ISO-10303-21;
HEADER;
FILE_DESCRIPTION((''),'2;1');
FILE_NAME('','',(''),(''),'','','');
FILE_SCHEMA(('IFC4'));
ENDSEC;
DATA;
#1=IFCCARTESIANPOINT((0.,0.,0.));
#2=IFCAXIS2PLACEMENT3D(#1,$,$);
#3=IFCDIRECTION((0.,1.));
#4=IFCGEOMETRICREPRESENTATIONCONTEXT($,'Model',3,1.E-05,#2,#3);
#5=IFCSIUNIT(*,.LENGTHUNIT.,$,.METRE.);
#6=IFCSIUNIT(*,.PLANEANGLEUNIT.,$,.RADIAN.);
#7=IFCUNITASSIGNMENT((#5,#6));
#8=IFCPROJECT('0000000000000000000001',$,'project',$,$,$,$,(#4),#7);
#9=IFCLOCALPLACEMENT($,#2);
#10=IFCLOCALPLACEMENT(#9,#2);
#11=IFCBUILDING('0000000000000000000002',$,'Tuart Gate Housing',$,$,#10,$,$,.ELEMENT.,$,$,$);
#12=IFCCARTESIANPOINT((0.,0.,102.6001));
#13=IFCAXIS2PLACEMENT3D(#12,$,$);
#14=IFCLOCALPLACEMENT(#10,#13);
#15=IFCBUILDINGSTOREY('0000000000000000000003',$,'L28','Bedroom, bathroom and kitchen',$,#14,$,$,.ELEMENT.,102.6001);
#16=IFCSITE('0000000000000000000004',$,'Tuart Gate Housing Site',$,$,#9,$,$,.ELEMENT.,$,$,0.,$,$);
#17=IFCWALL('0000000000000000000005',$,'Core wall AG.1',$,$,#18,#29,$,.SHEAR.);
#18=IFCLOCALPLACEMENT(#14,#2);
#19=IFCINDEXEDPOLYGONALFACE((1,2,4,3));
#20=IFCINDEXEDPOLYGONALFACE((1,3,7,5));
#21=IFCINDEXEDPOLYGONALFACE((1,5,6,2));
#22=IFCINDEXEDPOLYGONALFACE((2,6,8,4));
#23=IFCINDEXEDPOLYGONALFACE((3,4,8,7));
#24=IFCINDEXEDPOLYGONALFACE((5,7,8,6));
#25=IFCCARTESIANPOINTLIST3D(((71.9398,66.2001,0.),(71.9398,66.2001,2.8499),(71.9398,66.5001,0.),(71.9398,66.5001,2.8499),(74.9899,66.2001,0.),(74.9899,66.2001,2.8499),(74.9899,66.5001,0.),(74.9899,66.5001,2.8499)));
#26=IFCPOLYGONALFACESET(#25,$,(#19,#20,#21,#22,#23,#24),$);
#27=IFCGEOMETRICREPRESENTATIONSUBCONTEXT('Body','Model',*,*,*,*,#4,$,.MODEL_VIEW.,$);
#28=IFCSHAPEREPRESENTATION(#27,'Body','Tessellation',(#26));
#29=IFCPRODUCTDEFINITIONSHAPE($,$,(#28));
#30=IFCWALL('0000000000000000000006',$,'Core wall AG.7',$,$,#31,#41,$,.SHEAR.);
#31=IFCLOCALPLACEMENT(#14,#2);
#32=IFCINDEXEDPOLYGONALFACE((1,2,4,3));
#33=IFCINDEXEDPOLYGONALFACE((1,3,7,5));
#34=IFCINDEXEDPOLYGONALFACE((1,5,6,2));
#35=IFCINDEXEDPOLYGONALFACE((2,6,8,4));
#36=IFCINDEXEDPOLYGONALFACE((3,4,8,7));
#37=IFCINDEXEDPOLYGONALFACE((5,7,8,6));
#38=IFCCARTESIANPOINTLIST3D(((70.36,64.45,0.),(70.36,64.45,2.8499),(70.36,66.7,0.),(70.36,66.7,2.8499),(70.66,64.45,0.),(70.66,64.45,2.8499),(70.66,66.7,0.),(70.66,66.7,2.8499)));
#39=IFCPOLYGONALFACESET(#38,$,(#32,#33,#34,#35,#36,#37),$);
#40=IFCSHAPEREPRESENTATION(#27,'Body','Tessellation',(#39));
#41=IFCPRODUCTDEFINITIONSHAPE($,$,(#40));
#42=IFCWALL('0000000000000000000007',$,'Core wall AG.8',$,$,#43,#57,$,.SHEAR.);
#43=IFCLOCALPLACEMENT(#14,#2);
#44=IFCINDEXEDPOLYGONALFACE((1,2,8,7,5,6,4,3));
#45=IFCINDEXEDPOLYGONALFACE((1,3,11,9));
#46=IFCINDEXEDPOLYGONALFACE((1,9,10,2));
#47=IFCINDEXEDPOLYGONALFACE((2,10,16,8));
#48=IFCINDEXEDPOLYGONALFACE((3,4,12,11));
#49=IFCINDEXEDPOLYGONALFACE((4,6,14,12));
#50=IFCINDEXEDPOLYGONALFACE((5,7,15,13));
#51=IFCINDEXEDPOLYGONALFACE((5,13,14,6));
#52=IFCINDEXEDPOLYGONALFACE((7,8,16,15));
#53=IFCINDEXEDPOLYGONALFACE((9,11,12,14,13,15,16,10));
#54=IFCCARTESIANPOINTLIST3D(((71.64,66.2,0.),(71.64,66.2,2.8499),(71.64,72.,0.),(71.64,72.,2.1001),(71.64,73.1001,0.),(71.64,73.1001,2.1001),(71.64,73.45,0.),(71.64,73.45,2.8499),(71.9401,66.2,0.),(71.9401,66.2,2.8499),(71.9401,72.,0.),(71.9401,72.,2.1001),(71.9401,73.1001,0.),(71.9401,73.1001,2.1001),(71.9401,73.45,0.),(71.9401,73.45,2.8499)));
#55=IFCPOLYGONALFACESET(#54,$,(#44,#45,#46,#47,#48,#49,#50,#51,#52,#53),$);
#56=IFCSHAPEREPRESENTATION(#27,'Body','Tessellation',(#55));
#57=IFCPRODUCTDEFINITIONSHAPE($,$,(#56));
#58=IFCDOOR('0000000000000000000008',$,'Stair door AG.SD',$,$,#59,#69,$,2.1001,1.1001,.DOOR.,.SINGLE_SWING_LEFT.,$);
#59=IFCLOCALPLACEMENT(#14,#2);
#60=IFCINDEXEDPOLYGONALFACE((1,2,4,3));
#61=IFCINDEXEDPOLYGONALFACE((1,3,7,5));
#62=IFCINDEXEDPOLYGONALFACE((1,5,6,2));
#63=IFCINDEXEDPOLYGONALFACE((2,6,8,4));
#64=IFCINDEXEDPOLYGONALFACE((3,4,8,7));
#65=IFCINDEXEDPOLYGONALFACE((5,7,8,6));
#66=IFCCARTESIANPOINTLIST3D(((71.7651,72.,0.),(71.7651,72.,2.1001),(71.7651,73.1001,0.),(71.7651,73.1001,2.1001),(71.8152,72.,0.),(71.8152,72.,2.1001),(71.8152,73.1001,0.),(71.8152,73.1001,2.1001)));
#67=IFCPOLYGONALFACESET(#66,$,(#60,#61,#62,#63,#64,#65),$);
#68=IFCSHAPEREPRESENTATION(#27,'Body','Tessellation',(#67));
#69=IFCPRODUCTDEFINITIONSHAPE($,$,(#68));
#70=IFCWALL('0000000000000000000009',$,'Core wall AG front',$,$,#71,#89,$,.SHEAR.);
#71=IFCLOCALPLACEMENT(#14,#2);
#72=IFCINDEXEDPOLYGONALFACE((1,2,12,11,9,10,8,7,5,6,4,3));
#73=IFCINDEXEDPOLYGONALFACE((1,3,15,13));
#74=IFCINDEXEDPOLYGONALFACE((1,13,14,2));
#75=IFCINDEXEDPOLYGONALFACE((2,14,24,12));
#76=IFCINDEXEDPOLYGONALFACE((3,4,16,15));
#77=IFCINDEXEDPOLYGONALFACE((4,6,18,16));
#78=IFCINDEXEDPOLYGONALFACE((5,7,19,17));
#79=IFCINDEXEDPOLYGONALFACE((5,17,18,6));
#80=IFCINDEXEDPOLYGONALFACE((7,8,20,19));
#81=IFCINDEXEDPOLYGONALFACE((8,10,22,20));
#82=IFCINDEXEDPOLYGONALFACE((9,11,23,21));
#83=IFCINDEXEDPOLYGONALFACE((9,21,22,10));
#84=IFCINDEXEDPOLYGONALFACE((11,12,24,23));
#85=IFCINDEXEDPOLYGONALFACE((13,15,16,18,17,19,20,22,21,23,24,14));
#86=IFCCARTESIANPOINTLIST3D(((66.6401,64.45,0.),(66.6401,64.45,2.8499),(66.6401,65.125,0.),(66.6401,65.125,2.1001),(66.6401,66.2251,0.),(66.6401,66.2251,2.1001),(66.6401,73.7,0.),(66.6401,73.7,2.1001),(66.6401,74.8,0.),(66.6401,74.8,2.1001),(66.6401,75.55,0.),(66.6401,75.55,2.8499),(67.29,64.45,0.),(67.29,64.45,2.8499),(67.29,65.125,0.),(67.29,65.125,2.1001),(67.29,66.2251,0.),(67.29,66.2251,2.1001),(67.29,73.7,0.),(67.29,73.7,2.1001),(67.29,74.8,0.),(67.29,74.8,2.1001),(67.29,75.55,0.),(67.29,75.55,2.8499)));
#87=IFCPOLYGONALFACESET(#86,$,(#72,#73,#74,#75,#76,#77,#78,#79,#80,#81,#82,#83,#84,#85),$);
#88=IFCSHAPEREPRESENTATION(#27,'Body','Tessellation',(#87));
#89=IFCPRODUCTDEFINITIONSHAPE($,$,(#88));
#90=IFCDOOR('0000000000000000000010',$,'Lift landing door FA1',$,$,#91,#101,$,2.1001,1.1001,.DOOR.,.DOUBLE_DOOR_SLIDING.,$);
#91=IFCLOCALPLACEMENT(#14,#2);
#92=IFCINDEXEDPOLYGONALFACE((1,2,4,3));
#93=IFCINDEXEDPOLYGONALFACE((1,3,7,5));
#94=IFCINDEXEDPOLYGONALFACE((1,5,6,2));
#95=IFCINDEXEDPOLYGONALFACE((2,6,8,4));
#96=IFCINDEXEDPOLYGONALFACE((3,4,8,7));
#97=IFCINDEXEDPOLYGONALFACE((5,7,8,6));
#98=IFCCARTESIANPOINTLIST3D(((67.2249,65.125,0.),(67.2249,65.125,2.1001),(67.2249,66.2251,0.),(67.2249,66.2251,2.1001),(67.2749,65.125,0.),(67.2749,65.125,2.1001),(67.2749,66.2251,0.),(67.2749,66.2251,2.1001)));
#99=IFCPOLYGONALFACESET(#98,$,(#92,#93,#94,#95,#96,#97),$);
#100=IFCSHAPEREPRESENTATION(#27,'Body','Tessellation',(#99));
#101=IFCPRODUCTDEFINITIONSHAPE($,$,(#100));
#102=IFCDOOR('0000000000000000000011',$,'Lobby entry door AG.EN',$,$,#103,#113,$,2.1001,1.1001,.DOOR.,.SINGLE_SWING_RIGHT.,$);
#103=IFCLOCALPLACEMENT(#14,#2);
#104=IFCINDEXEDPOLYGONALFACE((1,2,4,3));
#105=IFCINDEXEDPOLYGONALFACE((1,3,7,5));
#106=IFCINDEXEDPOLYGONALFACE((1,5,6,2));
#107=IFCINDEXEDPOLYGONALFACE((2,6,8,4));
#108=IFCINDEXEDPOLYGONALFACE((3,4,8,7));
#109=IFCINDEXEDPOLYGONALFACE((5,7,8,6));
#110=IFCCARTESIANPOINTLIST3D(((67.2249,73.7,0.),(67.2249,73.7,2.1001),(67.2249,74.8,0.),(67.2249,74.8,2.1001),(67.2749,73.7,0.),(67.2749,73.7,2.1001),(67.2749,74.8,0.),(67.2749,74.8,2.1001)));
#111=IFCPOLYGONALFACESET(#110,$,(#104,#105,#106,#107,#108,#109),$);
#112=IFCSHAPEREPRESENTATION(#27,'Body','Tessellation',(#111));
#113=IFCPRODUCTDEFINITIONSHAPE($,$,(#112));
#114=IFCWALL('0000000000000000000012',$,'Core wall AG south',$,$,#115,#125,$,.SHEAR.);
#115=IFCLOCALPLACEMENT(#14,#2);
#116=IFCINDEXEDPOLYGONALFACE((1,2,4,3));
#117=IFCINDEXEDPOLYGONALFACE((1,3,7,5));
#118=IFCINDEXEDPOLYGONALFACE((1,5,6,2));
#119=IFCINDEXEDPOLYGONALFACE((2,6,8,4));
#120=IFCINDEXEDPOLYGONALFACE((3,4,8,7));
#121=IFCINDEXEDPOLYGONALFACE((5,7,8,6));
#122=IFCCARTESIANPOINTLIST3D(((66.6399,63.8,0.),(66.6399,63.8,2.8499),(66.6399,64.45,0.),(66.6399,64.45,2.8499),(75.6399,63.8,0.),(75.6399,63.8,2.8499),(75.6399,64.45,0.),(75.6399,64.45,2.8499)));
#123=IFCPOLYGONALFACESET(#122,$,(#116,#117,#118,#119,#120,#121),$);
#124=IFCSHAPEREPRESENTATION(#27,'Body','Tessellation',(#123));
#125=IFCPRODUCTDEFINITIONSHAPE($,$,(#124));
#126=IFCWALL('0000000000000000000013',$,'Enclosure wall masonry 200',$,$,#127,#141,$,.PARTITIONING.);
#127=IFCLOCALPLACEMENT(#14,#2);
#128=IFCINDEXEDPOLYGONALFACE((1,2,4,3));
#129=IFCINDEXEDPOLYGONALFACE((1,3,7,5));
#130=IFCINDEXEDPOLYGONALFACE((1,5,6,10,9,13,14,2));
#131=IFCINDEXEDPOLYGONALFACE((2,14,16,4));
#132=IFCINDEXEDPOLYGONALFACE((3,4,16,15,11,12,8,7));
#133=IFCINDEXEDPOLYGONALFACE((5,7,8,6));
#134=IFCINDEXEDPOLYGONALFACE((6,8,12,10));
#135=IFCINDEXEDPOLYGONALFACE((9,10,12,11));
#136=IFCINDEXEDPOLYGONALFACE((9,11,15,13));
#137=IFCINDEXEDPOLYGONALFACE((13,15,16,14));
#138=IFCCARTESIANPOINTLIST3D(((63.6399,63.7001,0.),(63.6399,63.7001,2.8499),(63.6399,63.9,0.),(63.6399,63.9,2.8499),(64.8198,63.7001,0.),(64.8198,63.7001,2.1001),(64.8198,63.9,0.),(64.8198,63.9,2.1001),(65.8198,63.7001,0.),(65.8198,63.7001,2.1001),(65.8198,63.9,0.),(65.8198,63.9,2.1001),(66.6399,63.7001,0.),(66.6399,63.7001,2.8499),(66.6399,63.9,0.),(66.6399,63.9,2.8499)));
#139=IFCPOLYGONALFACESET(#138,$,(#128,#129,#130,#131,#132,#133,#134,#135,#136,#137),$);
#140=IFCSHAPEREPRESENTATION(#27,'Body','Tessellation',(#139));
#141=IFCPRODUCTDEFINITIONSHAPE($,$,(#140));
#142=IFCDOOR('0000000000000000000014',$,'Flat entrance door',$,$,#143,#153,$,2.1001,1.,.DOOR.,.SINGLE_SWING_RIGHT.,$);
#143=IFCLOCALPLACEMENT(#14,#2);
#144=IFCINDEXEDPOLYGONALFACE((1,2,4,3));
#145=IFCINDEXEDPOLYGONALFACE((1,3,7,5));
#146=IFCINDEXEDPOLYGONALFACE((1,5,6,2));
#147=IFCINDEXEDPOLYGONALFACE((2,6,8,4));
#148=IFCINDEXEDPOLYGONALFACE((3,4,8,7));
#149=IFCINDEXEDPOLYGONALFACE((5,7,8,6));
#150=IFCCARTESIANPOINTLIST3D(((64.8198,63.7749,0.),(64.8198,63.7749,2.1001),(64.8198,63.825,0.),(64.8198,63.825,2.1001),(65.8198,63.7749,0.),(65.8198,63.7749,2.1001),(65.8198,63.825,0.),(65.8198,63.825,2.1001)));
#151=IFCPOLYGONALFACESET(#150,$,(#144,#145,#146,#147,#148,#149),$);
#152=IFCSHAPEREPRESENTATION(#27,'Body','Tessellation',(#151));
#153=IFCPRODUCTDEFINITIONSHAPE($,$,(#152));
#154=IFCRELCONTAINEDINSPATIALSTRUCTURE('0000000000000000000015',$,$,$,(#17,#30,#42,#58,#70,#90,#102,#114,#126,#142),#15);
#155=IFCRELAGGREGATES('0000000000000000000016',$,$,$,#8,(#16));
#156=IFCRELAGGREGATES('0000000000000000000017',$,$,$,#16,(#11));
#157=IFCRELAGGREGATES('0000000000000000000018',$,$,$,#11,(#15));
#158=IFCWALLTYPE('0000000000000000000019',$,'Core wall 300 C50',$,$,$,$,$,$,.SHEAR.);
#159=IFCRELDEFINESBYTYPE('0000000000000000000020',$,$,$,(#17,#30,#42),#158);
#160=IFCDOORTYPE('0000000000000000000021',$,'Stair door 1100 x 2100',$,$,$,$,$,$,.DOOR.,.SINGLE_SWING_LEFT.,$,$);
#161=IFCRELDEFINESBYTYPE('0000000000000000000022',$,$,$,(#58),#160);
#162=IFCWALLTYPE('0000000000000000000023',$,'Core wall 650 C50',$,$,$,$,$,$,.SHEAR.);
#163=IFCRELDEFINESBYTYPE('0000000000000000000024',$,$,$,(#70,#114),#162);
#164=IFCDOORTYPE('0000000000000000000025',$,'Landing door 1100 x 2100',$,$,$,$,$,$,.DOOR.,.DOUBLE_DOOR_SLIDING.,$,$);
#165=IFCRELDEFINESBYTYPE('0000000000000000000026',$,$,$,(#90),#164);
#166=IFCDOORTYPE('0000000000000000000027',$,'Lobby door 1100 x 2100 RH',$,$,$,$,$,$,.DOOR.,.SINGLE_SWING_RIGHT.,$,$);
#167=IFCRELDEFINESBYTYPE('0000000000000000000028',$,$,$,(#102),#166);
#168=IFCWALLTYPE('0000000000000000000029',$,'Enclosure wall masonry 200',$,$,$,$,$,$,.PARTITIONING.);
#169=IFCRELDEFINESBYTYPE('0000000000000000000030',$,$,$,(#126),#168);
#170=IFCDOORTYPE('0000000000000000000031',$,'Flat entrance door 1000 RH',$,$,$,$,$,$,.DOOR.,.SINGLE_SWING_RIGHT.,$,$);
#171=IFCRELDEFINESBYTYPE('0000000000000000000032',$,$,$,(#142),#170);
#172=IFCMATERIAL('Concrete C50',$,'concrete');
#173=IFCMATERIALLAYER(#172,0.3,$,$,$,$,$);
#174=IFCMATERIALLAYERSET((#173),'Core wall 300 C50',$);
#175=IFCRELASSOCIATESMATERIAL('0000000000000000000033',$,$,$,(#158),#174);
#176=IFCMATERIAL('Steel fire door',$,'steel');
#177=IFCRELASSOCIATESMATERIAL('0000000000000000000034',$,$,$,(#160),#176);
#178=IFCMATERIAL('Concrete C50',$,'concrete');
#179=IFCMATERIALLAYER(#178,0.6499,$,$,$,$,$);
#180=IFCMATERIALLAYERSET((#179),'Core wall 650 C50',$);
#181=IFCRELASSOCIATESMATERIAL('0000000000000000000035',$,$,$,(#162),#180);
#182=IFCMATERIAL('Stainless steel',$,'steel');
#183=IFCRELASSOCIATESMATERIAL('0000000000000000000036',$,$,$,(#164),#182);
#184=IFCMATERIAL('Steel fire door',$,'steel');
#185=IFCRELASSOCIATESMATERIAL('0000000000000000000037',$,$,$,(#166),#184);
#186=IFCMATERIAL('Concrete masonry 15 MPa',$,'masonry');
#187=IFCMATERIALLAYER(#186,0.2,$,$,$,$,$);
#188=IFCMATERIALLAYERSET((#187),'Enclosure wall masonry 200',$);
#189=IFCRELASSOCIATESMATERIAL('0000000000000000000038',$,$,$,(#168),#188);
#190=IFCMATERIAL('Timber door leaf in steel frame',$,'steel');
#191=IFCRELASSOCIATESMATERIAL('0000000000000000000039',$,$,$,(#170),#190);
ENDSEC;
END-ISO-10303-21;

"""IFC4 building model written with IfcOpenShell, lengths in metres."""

from ifc_helpers import new_model, si_unit, direction, frame, frame_2d, origin, place, context, subcontext, project, spatial, rectangle, extrude, material, layer, layer_set, type_object, element, fill, save


model = new_model("IFC4")

# Units and contexts
model_context = context("Model", 3, precision=1e-05, world=origin(), true_north=direction((0.0, 1.0)))
body_context = subcontext(model_context, "Body", "Model", "MODEL_VIEW")
ifc_project = project(units=[si_unit("LENGTHUNIT", "METRE"), si_unit("PLANEANGLEUNIT", "RADIAN")], contexts=[model_context])

# Site, building, storey
site_placement = place(None, origin())
site = spatial("IfcSite", under=ifc_project, at=site_placement, Name="Tuart Gate Housing Site", CompositionType="ELEMENT", RefElevation=0.0)
building_placement = place(site_placement, origin())
building = spatial("IfcBuilding", under=site, at=building_placement, Name="Tuart Gate Housing", CompositionType="ELEMENT")
storey_placement = place(building_placement, frame((0.0, 0.0, 102.6001)))
storey = spatial("IfcBuildingStorey", under=building, at=storey_placement, Name="L28", Description="Bedroom, bathroom and kitchen", CompositionType="ELEMENT", Elevation=102.6001)

# Walls
ifc_material_1 = material(Name="Concrete C50", Category="concrete")
ifc_layer_1 = layer(ifc_material_1, 0.3)
ifc_layer_set_1 = layer_set([ifc_layer_1], Name="Core wall 300 C50")
wall_type_1 = type_object("IfcWallType", Name="Core wall 300 C50", PredefinedType="SHEAR", material=ifc_layer_set_1)
wall_1_placement = place(storey_placement, frame((71.9399, 66.3501, 0.0), z_axis=(0.0, 0.0, 1.0), x_axis=(1.0, 0.0, 0.0)))
element("IfcWall", 1, at=wall_1_placement, inside=storey, type_object=wall_type_1, Name="Core wall AG.1", PredefinedType="SHEAR", context=body_context, shape_type="SweptSolid", body=[
    extrude(rectangle(XDim=3.05, YDim=0.3, at=frame_2d((1.5249, 0.0))), origin(), (0.0, 0.0, 1.0), 2.8499),
])
wall_2_placement = place(storey_placement, frame((70.51, 64.45, 0.0), z_axis=(0.0, 0.0, 1.0), x_axis=(0.0, 1.0, 0.0)))
element("IfcWall", 2, at=wall_2_placement, inside=storey, type_object=wall_type_1, Name="Core wall AG.7", PredefinedType="SHEAR", context=body_context, shape_type="SweptSolid", body=[
    extrude(rectangle(XDim=2.25, YDim=0.3, at=frame_2d((1.125, 0.0))), origin(), (0.0, 0.0, 1.0), 2.8499),
])

# Wall, opening, door
wall_3_placement = place(storey_placement, frame((71.79, 66.2, 0.0), z_axis=(0.0, 0.0, 1.0), x_axis=(0.0, 1.0, 0.0)))
wall_3 = element("IfcWall", 3, at=wall_3_placement, inside=storey, type_object=wall_type_1, Name="Core wall AG.8", PredefinedType="SHEAR", context=body_context, shape_type="SweptSolid", body=[
    extrude(rectangle(XDim=7.25, YDim=0.3, at=frame_2d((3.625, 0.0))), origin(), (0.0, 0.0, 1.0), 2.8499),
])
opening_1_placement = place(wall_3_placement, frame((5.8, 0.0, 0.0)))
opening_1 = element("IfcOpeningElement", 4, at=opening_1_placement, cuts=wall_3, PredefinedType="OPENING", context=body_context, shape_type="SweptSolid", body=[
    extrude(rectangle(XDim=1.1001, YDim=2.1001, at=frame_2d((0.55, 1.05))), frame((0.0, 0.1599, 0.0), z_axis=(0.0, -1.0, 0.0), x_axis=(1.0, 0.0, 0.0)), (0.0, 0.0, 1.0), 0.3201),
])
ifc_material_2 = material(Name="Steel fire door", Category="steel")
door_type_1 = type_object("IfcDoorType", Name="Stair door 1100 x 2100", OperationType="SINGLE_SWING_LEFT", PredefinedType="DOOR", material=ifc_material_2)
door_1_placement = place(opening_1_placement, frame((1.1001, 0.0, 0.0), z_axis=(0.0, 0.0, 1.0), x_axis=(-1.0, 0.0, 0.0)))
door_1 = element("IfcDoor", 5, at=door_1_placement, inside=storey, type_object=door_type_1, Name="Stair door AG.SD", OperationType="SINGLE_SWING_LEFT", OverallHeight=2.1001, OverallWidth=1.1001, PredefinedType="DOOR", context=body_context, shape_type="SweptSolid", body=[
    extrude(rectangle(XDim=1.1001, YDim=2.1001, at=frame_2d((0.55, 1.05))), frame((0.0, 0.0251, 0.0), z_axis=(0.0, -1.0, 0.0), x_axis=(1.0, 0.0, 0.0)), (0.0, 0.0, 1.0), 0.05),
])
fill(opening_1, door_1)

# Wall, openings, doors
ifc_material_3 = material(Name="Concrete C50", Category="concrete")
ifc_layer_2 = layer(ifc_material_3, 0.6499)
ifc_layer_set_2 = layer_set([ifc_layer_2], Name="Core wall 650 C50")
wall_type_2 = type_object("IfcWallType", Name="Core wall 650 C50", PredefinedType="SHEAR", material=ifc_layer_set_2)
wall_4_placement = place(storey_placement, frame((66.9651, 64.45, 0.0), z_axis=(0.0, 0.0, 1.0), x_axis=(0.0, 1.0, 0.0)))
wall_4 = element("IfcWall", 6, at=wall_4_placement, inside=storey, type_object=wall_type_2, Name="Core wall AG front", PredefinedType="SHEAR", context=body_context, shape_type="SweptSolid", body=[
    extrude(rectangle(XDim=11.1001, YDim=0.6499, at=frame_2d((5.55, 0.0))), origin(), (0.0, 0.0, 1.0), 2.8499),
])
opening_2_placement = place(wall_4_placement, frame((0.675, 0.0, 0.0)))
opening_2 = element("IfcOpeningElement", 7, at=opening_2_placement, cuts=wall_4, PredefinedType="OPENING", context=body_context, shape_type="SweptSolid", body=[
    extrude(rectangle(XDim=1.1001, YDim=2.1001, at=frame_2d((0.55, 1.05))), frame((0.0, 0.335, 0.0), z_axis=(0.0, -1.0, 0.0), x_axis=(1.0, 0.0, 0.0)), (0.0, 0.0, 1.0), 0.6699),
])
opening_3_placement = place(wall_4_placement, frame((9.25, 0.0, 0.0)))
opening_3 = element("IfcOpeningElement", 8, at=opening_3_placement, cuts=wall_4, PredefinedType="OPENING", context=body_context, shape_type="SweptSolid", body=[
    extrude(rectangle(XDim=1.1001, YDim=2.1001, at=frame_2d((0.55, 1.05))), frame((0.0, 0.335, 0.0), z_axis=(0.0, -1.0, 0.0), x_axis=(1.0, 0.0, 0.0)), (0.0, 0.0, 1.0), 0.6699),
])
ifc_material_4 = material(Name="Stainless steel", Category="steel")
door_type_2 = type_object("IfcDoorType", Name="Landing door 1100 x 2100", OperationType="DOUBLE_DOOR_SLIDING", PredefinedType="DOOR", material=ifc_material_4)
door_2_placement = place(opening_2_placement, origin())
door_2 = element("IfcDoor", 9, at=door_2_placement, inside=storey, type_object=door_type_2, Name="Lift landing door FA1", OperationType="DOUBLE_DOOR_SLIDING", OverallHeight=2.1001, OverallWidth=1.1001, PredefinedType="DOOR", context=body_context, shape_type="SweptSolid", body=[
    extrude(rectangle(XDim=1.1001, YDim=2.1001, at=frame_2d((0.55, 1.05))), frame((0.0, -0.2598, 0.0), z_axis=(0.0, -1.0, 0.0), x_axis=(1.0, 0.0, 0.0)), (0.0, 0.0, 1.0), 0.05),
])
fill(opening_2, door_2)
ifc_material_5 = material(Name="Steel fire door", Category="steel")
door_type_3 = type_object("IfcDoorType", Name="Lobby door 1100 x 2100 RH", OperationType="SINGLE_SWING_RIGHT", PredefinedType="DOOR", material=ifc_material_5)
door_3_placement = place(opening_3_placement, frame((1.1001, 0.0, 0.0), z_axis=(0.0, 0.0, 1.0), x_axis=(-1.0, 0.0, 0.0)))
door_3 = element("IfcDoor", 10, at=door_3_placement, inside=storey, type_object=door_type_3, Name="Lobby entry door AG.EN", OperationType="SINGLE_SWING_RIGHT", OverallHeight=2.1001, OverallWidth=1.1001, PredefinedType="DOOR", context=body_context, shape_type="SweptSolid", body=[
    extrude(rectangle(XDim=1.1001, YDim=2.1001, at=frame_2d((0.55, 1.05))), frame((0.0, 0.3098, 0.0), z_axis=(0.0, -1.0, 0.0), x_axis=(1.0, 0.0, 0.0)), (0.0, 0.0, 1.0), 0.05),
])
fill(opening_3, door_3)

# Wall
wall_5_placement = place(storey_placement, frame((66.6399, 64.125, 0.0), z_axis=(0.0, 0.0, 1.0), x_axis=(1.0, 0.0, 0.0)))
element("IfcWall", 11, at=wall_5_placement, inside=storey, type_object=wall_type_2, Name="Core wall AG south", PredefinedType="SHEAR", context=body_context, shape_type="SweptSolid", body=[
    extrude(rectangle(XDim=9.0, YDim=0.6499, at=frame_2d((4.5, 0.0))), origin(), (0.0, 0.0, 1.0), 2.8499),
])

# Wall, opening, door
ifc_material_6 = material(Name="Concrete masonry 15 MPa", Category="masonry")
ifc_layer_3 = layer(ifc_material_6, 0.2)
ifc_layer_set_3 = layer_set([ifc_layer_3], Name="Enclosure wall masonry 200")
wall_type_3 = type_object("IfcWallType", Name="Enclosure wall masonry 200", PredefinedType="PARTITIONING", material=ifc_layer_set_3)
wall_6_placement = place(storey_placement, frame((63.6399, 63.8, 0.0), z_axis=(0.0, 0.0, 1.0), x_axis=(1.0, 0.0, 0.0)))
wall_6 = element("IfcWall", 12, at=wall_6_placement, inside=storey, type_object=wall_type_3, Name="Enclosure wall masonry 200", PredefinedType="PARTITIONING", context=body_context, shape_type="SweptSolid", body=[
    extrude(rectangle(XDim=3.0, YDim=0.2, at=frame_2d((1.5, 0.0))), origin(), (0.0, 0.0, 1.0), 2.8499),
])
opening_4_placement = place(wall_6_placement, frame((1.1799, 0.0, 0.0)))
opening_4 = element("IfcOpeningElement", 13, at=opening_4_placement, cuts=wall_6, PredefinedType="OPENING", context=body_context, shape_type="SweptSolid", body=[
    extrude(rectangle(XDim=1.0, YDim=2.1001, at=frame_2d((0.5, 1.05))), frame((0.0, 0.1099, 0.0), z_axis=(0.0, -1.0, 0.0), x_axis=(1.0, 0.0, 0.0)), (0.0, 0.0, 1.0), 0.22),
])
ifc_material_7 = material(Name="Timber door leaf in steel frame", Category="steel")
door_type_4 = type_object("IfcDoorType", Name="Flat entrance door 1000 RH", OperationType="SINGLE_SWING_RIGHT", PredefinedType="DOOR", material=ifc_material_7)
door_4_placement = place(opening_4_placement, frame((1.0, 0.0, 0.0), z_axis=(0.0, 0.0, 1.0), x_axis=(-1.0, 0.0, 0.0)))
door_4 = element("IfcDoor", 14, at=door_4_placement, inside=storey, type_object=door_type_4, Name="Flat entrance door", OperationType="SINGLE_SWING_RIGHT", OverallHeight=2.1001, OverallWidth=1.0, PredefinedType="DOOR", context=body_context, shape_type="SweptSolid", body=[
    extrude(rectangle(XDim=1.0, YDim=2.1001, at=frame_2d((0.5, 1.05))), frame((0.0, 0.0251, 0.0), z_axis=(0.0, -1.0, 0.0), x_axis=(1.0, 0.0, 0.0)), (0.0, 0.0, 1.0), 0.05),
])
fill(opening_4, door_4)

save(model, "model.ifc")
